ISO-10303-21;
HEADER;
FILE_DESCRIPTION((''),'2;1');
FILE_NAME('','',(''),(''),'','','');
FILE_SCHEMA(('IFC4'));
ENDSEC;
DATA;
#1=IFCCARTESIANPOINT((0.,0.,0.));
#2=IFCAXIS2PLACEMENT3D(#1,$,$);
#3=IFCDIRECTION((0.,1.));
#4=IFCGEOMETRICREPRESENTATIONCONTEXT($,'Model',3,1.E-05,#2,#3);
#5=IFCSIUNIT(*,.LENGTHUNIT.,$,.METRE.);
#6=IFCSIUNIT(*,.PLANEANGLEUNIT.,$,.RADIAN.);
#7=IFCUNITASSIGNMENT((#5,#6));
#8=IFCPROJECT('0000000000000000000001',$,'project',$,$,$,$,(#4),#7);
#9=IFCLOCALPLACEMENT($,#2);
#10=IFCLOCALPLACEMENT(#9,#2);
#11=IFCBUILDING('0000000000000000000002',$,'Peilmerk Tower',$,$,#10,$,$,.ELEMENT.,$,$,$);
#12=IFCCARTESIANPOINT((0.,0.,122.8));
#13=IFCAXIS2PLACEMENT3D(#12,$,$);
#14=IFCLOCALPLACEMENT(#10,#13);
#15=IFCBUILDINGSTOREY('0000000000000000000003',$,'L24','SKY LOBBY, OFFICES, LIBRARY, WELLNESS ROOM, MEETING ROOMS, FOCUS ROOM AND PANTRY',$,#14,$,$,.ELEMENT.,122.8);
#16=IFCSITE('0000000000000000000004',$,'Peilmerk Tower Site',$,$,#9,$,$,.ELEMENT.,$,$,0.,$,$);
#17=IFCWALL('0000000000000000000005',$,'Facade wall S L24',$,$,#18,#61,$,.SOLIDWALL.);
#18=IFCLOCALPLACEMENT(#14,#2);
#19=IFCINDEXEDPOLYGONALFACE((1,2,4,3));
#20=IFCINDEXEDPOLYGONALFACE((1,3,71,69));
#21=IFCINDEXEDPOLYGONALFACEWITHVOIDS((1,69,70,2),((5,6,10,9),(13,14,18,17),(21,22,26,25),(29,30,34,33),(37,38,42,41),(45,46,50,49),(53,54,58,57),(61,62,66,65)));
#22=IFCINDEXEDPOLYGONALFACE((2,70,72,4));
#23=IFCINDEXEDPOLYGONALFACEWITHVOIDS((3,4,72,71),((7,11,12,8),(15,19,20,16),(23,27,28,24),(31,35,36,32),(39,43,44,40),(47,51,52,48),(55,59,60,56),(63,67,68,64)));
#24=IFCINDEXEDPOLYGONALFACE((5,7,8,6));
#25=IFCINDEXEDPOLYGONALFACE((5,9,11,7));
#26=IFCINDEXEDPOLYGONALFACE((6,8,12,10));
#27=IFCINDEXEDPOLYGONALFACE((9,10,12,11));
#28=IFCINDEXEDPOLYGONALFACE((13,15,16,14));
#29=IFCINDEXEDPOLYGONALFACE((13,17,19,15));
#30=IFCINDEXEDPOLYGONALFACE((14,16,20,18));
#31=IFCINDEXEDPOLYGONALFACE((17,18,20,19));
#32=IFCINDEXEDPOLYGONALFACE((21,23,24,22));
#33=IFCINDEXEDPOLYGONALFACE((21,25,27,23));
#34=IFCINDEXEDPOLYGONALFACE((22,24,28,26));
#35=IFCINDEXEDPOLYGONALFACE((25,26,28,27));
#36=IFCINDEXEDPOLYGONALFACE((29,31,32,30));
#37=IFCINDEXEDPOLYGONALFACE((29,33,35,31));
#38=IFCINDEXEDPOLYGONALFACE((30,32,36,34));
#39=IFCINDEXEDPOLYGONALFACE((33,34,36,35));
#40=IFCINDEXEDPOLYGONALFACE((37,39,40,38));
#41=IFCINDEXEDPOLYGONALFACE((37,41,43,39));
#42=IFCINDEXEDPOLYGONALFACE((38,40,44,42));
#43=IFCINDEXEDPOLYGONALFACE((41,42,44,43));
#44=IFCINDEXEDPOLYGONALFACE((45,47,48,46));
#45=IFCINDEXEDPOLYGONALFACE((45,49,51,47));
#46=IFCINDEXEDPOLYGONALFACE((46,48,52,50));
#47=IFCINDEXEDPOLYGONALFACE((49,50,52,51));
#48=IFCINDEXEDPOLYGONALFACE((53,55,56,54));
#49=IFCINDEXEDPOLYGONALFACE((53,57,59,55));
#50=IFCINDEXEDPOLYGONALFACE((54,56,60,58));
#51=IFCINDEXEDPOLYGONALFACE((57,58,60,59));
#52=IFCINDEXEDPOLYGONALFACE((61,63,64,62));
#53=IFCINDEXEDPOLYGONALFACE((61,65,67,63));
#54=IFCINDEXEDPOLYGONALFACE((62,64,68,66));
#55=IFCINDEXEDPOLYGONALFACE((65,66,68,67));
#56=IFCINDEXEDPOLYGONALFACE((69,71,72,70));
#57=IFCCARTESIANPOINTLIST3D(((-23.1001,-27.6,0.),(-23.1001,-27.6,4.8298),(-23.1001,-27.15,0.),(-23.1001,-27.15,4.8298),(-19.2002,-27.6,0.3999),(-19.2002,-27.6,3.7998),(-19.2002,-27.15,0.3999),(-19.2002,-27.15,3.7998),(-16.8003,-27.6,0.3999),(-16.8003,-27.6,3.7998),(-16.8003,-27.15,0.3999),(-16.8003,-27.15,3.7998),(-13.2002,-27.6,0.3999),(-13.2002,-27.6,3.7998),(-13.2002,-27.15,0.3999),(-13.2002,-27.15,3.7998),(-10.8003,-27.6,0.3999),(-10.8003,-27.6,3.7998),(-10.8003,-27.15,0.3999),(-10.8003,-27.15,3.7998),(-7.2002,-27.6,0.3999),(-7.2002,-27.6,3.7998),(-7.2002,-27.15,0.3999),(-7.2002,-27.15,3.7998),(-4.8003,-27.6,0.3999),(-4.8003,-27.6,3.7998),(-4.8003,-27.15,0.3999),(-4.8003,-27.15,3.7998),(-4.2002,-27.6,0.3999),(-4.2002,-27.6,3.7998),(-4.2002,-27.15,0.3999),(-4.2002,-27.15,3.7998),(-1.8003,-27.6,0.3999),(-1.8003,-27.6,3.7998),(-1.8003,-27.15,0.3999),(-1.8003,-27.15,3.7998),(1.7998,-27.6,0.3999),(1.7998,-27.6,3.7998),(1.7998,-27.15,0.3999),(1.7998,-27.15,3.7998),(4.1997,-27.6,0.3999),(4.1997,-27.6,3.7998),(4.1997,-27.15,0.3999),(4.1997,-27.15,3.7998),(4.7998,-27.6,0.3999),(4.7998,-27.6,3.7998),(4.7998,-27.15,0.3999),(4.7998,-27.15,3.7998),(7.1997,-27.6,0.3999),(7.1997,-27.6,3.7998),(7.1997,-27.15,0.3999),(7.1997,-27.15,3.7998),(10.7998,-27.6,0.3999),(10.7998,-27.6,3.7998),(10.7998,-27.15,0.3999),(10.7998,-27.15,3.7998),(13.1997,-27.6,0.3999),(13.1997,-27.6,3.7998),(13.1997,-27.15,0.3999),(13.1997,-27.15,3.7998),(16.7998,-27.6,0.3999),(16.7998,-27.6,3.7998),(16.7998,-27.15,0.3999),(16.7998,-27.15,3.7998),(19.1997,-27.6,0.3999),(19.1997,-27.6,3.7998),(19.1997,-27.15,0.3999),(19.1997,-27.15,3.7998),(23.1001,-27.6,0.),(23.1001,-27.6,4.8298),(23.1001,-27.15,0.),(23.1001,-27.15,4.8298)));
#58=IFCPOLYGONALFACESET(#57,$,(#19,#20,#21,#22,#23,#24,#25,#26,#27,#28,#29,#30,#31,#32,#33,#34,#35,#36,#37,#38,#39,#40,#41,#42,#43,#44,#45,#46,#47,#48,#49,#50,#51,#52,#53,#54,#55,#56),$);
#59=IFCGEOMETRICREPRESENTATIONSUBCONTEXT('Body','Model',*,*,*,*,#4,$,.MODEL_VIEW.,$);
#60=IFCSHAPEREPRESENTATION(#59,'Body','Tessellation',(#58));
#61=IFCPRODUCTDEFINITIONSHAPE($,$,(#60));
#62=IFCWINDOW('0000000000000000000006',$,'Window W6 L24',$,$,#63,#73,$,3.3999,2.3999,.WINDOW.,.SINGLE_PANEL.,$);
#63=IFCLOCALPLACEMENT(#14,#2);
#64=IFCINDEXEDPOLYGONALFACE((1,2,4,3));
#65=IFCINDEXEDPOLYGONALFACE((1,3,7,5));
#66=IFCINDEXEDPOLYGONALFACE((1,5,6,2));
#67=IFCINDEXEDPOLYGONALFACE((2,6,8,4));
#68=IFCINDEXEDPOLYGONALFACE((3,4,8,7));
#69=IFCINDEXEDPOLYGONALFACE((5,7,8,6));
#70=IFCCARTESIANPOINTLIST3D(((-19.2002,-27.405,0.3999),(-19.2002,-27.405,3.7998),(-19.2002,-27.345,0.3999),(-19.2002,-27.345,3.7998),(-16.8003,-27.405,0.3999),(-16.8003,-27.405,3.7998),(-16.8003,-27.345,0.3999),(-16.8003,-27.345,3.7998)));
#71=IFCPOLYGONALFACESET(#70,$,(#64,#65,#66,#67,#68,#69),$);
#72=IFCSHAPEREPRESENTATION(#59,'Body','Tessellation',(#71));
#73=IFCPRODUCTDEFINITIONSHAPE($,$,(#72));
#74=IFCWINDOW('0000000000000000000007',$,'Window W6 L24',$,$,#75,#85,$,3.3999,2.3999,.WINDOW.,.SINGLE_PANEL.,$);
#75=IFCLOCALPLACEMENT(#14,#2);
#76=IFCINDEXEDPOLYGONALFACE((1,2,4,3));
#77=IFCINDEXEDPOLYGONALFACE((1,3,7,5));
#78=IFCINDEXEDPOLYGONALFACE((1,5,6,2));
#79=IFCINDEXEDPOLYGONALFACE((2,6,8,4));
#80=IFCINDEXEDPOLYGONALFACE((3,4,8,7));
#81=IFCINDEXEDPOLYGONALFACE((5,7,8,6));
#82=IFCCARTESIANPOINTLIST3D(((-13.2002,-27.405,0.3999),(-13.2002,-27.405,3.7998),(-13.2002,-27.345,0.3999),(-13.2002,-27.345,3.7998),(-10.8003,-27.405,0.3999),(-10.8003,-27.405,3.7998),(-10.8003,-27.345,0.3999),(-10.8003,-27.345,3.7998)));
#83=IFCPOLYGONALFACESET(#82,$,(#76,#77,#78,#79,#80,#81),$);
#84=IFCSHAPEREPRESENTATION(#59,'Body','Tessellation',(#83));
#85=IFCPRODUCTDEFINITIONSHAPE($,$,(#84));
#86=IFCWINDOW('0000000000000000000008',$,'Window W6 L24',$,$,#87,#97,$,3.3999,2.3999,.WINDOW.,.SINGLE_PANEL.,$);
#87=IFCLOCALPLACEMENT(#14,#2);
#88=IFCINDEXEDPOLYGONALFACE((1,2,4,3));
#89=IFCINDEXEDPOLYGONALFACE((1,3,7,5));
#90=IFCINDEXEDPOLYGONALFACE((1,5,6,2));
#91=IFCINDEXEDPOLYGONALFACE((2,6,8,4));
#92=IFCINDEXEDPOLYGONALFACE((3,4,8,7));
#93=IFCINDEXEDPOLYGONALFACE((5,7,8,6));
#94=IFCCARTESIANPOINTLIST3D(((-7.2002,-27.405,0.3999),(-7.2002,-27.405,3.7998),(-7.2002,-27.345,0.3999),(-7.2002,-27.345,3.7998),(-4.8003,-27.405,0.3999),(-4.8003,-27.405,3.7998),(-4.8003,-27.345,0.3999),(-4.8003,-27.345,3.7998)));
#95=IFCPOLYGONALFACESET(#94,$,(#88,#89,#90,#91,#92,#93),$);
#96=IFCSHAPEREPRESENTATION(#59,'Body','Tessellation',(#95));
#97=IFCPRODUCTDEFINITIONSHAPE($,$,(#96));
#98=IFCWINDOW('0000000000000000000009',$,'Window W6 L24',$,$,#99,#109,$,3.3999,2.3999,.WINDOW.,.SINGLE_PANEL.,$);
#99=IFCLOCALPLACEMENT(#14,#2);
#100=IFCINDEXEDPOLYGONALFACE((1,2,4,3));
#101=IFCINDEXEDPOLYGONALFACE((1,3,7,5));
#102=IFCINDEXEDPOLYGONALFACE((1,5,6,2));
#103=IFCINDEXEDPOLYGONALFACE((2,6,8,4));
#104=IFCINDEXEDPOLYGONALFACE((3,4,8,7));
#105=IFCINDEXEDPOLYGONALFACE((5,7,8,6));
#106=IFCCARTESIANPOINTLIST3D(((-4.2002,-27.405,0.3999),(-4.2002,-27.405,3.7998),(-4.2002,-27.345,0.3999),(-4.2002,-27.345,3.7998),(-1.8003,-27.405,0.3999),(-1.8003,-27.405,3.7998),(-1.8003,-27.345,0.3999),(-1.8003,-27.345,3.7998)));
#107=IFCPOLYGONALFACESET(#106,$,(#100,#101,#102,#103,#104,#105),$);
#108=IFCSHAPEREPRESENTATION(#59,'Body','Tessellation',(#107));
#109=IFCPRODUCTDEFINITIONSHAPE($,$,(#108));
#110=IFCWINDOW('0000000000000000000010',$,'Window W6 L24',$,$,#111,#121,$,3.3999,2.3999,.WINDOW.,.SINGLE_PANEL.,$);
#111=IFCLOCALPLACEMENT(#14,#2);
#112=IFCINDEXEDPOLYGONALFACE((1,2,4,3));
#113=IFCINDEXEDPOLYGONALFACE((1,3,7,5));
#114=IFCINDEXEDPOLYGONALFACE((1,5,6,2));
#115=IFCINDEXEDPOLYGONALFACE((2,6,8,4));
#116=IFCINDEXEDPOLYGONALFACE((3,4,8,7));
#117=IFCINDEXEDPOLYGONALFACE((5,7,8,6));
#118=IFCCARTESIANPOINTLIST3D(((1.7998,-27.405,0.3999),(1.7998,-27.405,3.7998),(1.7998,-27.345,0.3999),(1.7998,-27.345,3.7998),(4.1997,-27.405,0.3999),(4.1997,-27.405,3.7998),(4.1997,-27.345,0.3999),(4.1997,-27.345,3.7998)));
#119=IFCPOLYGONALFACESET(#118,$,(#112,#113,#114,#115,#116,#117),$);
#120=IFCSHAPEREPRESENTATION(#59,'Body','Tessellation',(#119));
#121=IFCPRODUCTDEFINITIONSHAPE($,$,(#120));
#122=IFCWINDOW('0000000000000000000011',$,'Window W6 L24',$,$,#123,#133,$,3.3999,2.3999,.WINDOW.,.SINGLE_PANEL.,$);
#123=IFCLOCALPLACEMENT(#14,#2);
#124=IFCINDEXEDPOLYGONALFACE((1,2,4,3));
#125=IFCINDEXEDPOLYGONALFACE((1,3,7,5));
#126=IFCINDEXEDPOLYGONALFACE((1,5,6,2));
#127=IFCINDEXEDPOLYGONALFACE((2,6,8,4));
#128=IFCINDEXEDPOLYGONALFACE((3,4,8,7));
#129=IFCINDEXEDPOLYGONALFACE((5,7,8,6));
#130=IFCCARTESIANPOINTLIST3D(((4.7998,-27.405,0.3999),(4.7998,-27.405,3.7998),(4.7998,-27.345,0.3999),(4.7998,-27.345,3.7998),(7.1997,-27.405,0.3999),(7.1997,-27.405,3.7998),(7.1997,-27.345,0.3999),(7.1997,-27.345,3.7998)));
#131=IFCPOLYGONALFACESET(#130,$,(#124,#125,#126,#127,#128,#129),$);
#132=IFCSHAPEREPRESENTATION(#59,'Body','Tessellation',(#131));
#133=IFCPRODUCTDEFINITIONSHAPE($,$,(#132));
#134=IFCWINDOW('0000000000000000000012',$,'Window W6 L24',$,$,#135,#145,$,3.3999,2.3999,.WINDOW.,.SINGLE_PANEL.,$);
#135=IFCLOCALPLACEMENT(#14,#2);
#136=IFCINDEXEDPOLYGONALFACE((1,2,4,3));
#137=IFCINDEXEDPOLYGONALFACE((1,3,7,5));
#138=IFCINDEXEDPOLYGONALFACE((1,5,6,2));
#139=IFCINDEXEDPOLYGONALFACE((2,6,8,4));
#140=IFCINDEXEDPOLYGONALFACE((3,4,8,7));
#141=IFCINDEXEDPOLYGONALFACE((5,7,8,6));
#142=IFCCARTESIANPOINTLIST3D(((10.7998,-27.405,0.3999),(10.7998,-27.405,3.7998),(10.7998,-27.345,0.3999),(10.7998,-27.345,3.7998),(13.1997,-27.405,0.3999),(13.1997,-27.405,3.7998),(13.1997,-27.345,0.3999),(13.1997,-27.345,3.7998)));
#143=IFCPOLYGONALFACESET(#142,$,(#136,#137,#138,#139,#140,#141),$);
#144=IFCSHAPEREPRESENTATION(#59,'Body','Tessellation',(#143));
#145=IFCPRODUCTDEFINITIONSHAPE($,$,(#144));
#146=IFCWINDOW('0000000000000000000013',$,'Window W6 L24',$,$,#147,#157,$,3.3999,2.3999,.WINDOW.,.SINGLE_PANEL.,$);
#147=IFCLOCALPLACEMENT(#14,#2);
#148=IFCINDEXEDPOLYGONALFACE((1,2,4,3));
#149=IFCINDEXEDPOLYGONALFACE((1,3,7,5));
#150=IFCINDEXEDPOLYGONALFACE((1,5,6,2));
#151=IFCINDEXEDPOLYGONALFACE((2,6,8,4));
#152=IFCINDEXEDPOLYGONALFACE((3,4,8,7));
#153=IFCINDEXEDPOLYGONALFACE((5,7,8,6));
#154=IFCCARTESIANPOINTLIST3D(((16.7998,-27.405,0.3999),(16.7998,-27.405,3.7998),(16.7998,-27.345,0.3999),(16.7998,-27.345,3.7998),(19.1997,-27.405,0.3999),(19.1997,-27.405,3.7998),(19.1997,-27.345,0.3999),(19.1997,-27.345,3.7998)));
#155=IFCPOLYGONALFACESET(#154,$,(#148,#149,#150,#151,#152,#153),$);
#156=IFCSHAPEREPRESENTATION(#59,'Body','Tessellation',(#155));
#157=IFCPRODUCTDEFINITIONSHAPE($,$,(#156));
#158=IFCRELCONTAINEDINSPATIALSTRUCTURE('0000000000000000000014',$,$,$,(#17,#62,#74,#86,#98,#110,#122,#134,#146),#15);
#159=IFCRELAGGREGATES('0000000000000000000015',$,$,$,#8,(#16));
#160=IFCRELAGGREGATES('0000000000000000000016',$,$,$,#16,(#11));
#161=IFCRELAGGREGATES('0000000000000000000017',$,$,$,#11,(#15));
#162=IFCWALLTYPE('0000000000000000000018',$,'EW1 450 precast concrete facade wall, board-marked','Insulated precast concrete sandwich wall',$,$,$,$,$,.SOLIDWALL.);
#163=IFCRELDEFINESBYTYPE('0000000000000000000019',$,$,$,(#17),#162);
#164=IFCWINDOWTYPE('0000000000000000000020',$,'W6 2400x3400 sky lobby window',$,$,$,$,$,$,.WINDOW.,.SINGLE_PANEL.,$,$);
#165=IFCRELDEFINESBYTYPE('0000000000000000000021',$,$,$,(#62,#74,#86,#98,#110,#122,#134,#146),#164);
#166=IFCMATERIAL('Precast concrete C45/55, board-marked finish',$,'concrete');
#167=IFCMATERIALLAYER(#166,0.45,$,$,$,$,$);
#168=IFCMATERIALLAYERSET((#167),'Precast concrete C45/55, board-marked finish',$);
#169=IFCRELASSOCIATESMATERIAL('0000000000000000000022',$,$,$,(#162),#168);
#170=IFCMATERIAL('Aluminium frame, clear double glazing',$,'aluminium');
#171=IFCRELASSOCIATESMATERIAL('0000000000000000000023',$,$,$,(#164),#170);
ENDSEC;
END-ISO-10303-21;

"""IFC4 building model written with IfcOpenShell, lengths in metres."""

from ifc_helpers import new_model, si_unit, direction, frame, frame_2d, origin, place, context, subcontext, project, spatial, rectangle, extrude, material, layer, layer_set, type_object, element, fill, save


model = new_model("IFC4")

# Units and contexts
model_context = context("Model", 3, precision=1e-05, world=origin(), true_north=direction((0.0, 1.0)))
body_context = subcontext(model_context, "Body", "Model", "MODEL_VIEW")
ifc_project = project(units=[si_unit("LENGTHUNIT", "METRE"), si_unit("PLANEANGLEUNIT", "RADIAN")], contexts=[model_context])

# Site, building, storey
site_placement = place(None, origin())
site = spatial("IfcSite", under=ifc_project, at=site_placement, Name="Peilmerk Tower Site", CompositionType="ELEMENT", RefElevation=0.0)
building_placement = place(site_placement, origin())
building = spatial("IfcBuilding", under=site, at=building_placement, Name="Peilmerk Tower", CompositionType="ELEMENT")
storey_placement = place(building_placement, frame((0.0, 0.0, 122.8)))
storey = spatial("IfcBuildingStorey", under=building, at=storey_placement, Name="L24", Description="SKY LOBBY, OFFICES, LIBRARY, WELLNESS ROOM, MEETING ROOMS, FOCUS ROOM AND PANTRY", CompositionType="ELEMENT", Elevation=122.8)

# Wall, openings, windows
ifc_material_1 = material(Name="Precast concrete C45/55, board-marked finish", Category="concrete")
ifc_layer_1 = layer(ifc_material_1, 0.45)
ifc_layer_set_1 = layer_set([ifc_layer_1], Name="Precast concrete C45/55, board-marked finish")
wall_type = type_object("IfcWallType", Name="EW1 450 precast concrete facade wall, board-marked", Description="Insulated precast concrete sandwich wall", PredefinedType="SOLIDWALL", material=ifc_layer_set_1)
wall_placement = place(storey_placement, frame((-23.1001, -27.375, 0.0), z_axis=(0.0, 0.0, 1.0), x_axis=(1.0, 0.0, 0.0)))
wall = element("IfcWall", 1, at=wall_placement, inside=storey, type_object=wall_type, Name="Facade wall S L24", PredefinedType="SOLIDWALL", context=body_context, shape_type="SweptSolid", body=[
    extrude(rectangle(XDim=46.2002, YDim=0.45, at=frame_2d((23.1001, 0.0))), origin(), (0.0, 0.0, 1.0), 4.8298),
])
opening_1_placement = place(wall_placement, frame((3.8999, 0.0, 0.3999)))
opening_1 = element("IfcOpeningElement", 2, at=opening_1_placement, cuts=wall, PredefinedType="OPENING", context=body_context, shape_type="SweptSolid", body=[
    extrude(rectangle(XDim=2.3999, YDim=3.3999, at=frame_2d((1.2, 1.7))), frame((0.0, 0.2349, 0.0), z_axis=(0.0, -1.0, 0.0), x_axis=(1.0, 0.0, 0.0)), (0.0, 0.0, 1.0), 0.47),
])
opening_2_placement = place(wall_placement, frame((9.8999, 0.0, 0.3999)))
opening_2 = element("IfcOpeningElement", 3, at=opening_2_placement, cuts=wall, PredefinedType="OPENING", context=body_context, shape_type="SweptSolid", body=[
    extrude(rectangle(XDim=2.3999, YDim=3.3999, at=frame_2d((1.2, 1.7))), frame((0.0, 0.2349, 0.0), z_axis=(0.0, -1.0, 0.0), x_axis=(1.0, 0.0, 0.0)), (0.0, 0.0, 1.0), 0.47),
])
opening_3_placement = place(wall_placement, frame((15.8999, 0.0, 0.3999)))
opening_3 = element("IfcOpeningElement", 4, at=opening_3_placement, cuts=wall, PredefinedType="OPENING", context=body_context, shape_type="SweptSolid", body=[
    extrude(rectangle(XDim=2.3999, YDim=3.3999, at=frame_2d((1.2, 1.7))), frame((0.0, 0.2349, 0.0), z_axis=(0.0, -1.0, 0.0), x_axis=(1.0, 0.0, 0.0)), (0.0, 0.0, 1.0), 0.47),
])
opening_4_placement = place(wall_placement, frame((18.8999, 0.0, 0.3999)))
opening_4 = element("IfcOpeningElement", 5, at=opening_4_placement, cuts=wall, PredefinedType="OPENING", context=body_context, shape_type="SweptSolid", body=[
    extrude(rectangle(XDim=2.3999, YDim=3.3999, at=frame_2d((1.2, 1.7))), frame((0.0, 0.2349, 0.0), z_axis=(0.0, -1.0, 0.0), x_axis=(1.0, 0.0, 0.0)), (0.0, 0.0, 1.0), 0.47),
])
opening_5_placement = place(wall_placement, frame((24.8999, 0.0, 0.3999)))
opening_5 = element("IfcOpeningElement", 6, at=opening_5_placement, cuts=wall, PredefinedType="OPENING", context=body_context, shape_type="SweptSolid", body=[
    extrude(rectangle(XDim=2.3999, YDim=3.3999, at=frame_2d((1.2, 1.7))), frame((0.0, 0.2349, 0.0), z_axis=(0.0, -1.0, 0.0), x_axis=(1.0, 0.0, 0.0)), (0.0, 0.0, 1.0), 0.47),
])
opening_6_placement = place(wall_placement, frame((27.8999, 0.0, 0.3999)))
opening_6 = element("IfcOpeningElement", 7, at=opening_6_placement, cuts=wall, PredefinedType="OPENING", context=body_context, shape_type="SweptSolid", body=[
    extrude(rectangle(XDim=2.3999, YDim=3.3999, at=frame_2d((1.2, 1.7))), frame((0.0, 0.2349, 0.0), z_axis=(0.0, -1.0, 0.0), x_axis=(1.0, 0.0, 0.0)), (0.0, 0.0, 1.0), 0.47),
])
opening_7_placement = place(wall_placement, frame((33.8999, 0.0, 0.3999)))
opening_7 = element("IfcOpeningElement", 8, at=opening_7_placement, cuts=wall, PredefinedType="OPENING", context=body_context, shape_type="SweptSolid", body=[
    extrude(rectangle(XDim=2.3999, YDim=3.3999, at=frame_2d((1.2, 1.7))), frame((0.0, 0.2349, 0.0), z_axis=(0.0, -1.0, 0.0), x_axis=(1.0, 0.0, 0.0)), (0.0, 0.0, 1.0), 0.47),
])
opening_8_placement = place(wall_placement, frame((39.8999, 0.0, 0.3999)))
opening_8 = element("IfcOpeningElement", 9, at=opening_8_placement, cuts=wall, PredefinedType="OPENING", context=body_context, shape_type="SweptSolid", body=[
    extrude(rectangle(XDim=2.3999, YDim=3.3999, at=frame_2d((1.2, 1.7))), frame((0.0, 0.2349, 0.0), z_axis=(0.0, -1.0, 0.0), x_axis=(1.0, 0.0, 0.0)), (0.0, 0.0, 1.0), 0.47),
])
ifc_material_2 = material(Name="Aluminium frame, clear double glazing", Category="aluminium")
window_type = type_object("IfcWindowType", Name="W6 2400x3400 sky lobby window", PartitioningType="SINGLE_PANEL", PredefinedType="WINDOW", material=ifc_material_2)
window_1_placement = place(opening_1_placement, origin())
window_1 = element("IfcWindow", 10, at=window_1_placement, inside=storey, type_object=window_type, Name="Window W6 L24", OverallHeight=3.3999, OverallWidth=2.3999, PartitioningType="SINGLE_PANEL", PredefinedType="WINDOW", context=body_context, shape_type="SweptSolid", body=[
    extrude(rectangle(XDim=2.3999, YDim=3.3999, at=frame_2d((1.2, 1.7))), frame((0.0, 0.03, 0.0), z_axis=(0.0, -1.0, 0.0), x_axis=(1.0, 0.0, 0.0)), (0.0, 0.0, 1.0), 0.0601),
])
fill(opening_1, window_1)
window_2_placement = place(opening_2_placement, origin())
window_2 = element("IfcWindow", 11, at=window_2_placement, inside=storey, type_object=window_type, Name="Window W6 L24", OverallHeight=3.3999, OverallWidth=2.3999, PartitioningType="SINGLE_PANEL", PredefinedType="WINDOW", context=body_context, shape_type="SweptSolid", body=[
    extrude(rectangle(XDim=2.3999, YDim=3.3999, at=frame_2d((1.2, 1.7))), frame((0.0, 0.03, 0.0), z_axis=(0.0, -1.0, 0.0), x_axis=(1.0, 0.0, 0.0)), (0.0, 0.0, 1.0), 0.0601),
])
fill(opening_2, window_2)
window_3_placement = place(opening_3_placement, origin())
window_3 = element("IfcWindow", 12, at=window_3_placement, inside=storey, type_object=window_type, Name="Window W6 L24", OverallHeight=3.3999, OverallWidth=2.3999, PartitioningType="SINGLE_PANEL", PredefinedType="WINDOW", context=body_context, shape_type="SweptSolid", body=[
    extrude(rectangle(XDim=2.3999, YDim=3.3999, at=frame_2d((1.2, 1.7))), frame((0.0, 0.03, 0.0), z_axis=(0.0, -1.0, 0.0), x_axis=(1.0, 0.0, 0.0)), (0.0, 0.0, 1.0), 0.0601),
])
fill(opening_3, window_3)
window_4_placement = place(opening_4_placement, origin())
window_4 = element("IfcWindow", 13, at=window_4_placement, inside=storey, type_object=window_type, Name="Window W6 L24", OverallHeight=3.3999, OverallWidth=2.3999, PartitioningType="SINGLE_PANEL", PredefinedType="WINDOW", context=body_context, shape_type="SweptSolid", body=[
    extrude(rectangle(XDim=2.3999, YDim=3.3999, at=frame_2d((1.2, 1.7))), frame((0.0, 0.03, 0.0), z_axis=(0.0, -1.0, 0.0), x_axis=(1.0, 0.0, 0.0)), (0.0, 0.0, 1.0), 0.0601),
])
fill(opening_4, window_4)
window_5_placement = place(opening_5_placement, origin())
window_5 = element("IfcWindow", 14, at=window_5_placement, inside=storey, type_object=window_type, Name="Window W6 L24", OverallHeight=3.3999, OverallWidth=2.3999, PartitioningType="SINGLE_PANEL", PredefinedType="WINDOW", context=body_context, shape_type="SweptSolid", body=[
    extrude(rectangle(XDim=2.3999, YDim=3.3999, at=frame_2d((1.2, 1.7))), frame((0.0, 0.03, 0.0), z_axis=(0.0, -1.0, 0.0), x_axis=(1.0, 0.0, 0.0)), (0.0, 0.0, 1.0), 0.0601),
])
fill(opening_5, window_5)
window_6_placement = place(opening_6_placement, origin())
window_6 = element("IfcWindow", 15, at=window_6_placement, inside=storey, type_object=window_type, Name="Window W6 L24", OverallHeight=3.3999, OverallWidth=2.3999, PartitioningType="SINGLE_PANEL", PredefinedType="WINDOW", context=body_context, shape_type="SweptSolid", body=[
    extrude(rectangle(XDim=2.3999, YDim=3.3999, at=frame_2d((1.2, 1.7))), frame((0.0, 0.03, 0.0), z_axis=(0.0, -1.0, 0.0), x_axis=(1.0, 0.0, 0.0)), (0.0, 0.0, 1.0), 0.0601),
])
fill(opening_6, window_6)
window_7_placement = place(opening_7_placement, origin())
window_7 = element("IfcWindow", 16, at=window_7_placement, inside=storey, type_object=window_type, Name="Window W6 L24", OverallHeight=3.3999, OverallWidth=2.3999, PartitioningType="SINGLE_PANEL", PredefinedType="WINDOW", context=body_context, shape_type="SweptSolid", body=[
    extrude(rectangle(XDim=2.3999, YDim=3.3999, at=frame_2d((1.2, 1.7))), frame((0.0, 0.03, 0.0), z_axis=(0.0, -1.0, 0.0), x_axis=(1.0, 0.0, 0.0)), (0.0, 0.0, 1.0), 0.0601),
])
fill(opening_7, window_7)
window_8_placement = place(opening_8_placement, origin())
window_8 = element("IfcWindow", 17, at=window_8_placement, inside=storey, type_object=window_type, Name="Window W6 L24", OverallHeight=3.3999, OverallWidth=2.3999, PartitioningType="SINGLE_PANEL", PredefinedType="WINDOW", context=body_context, shape_type="SweptSolid", body=[
    extrude(rectangle(XDim=2.3999, YDim=3.3999, at=frame_2d((1.2, 1.7))), frame((0.0, 0.03, 0.0), z_axis=(0.0, -1.0, 0.0), x_axis=(1.0, 0.0, 0.0)), (0.0, 0.0, 1.0), 0.0601),
])
fill(opening_8, window_8)

save(model, "model.ifc")
